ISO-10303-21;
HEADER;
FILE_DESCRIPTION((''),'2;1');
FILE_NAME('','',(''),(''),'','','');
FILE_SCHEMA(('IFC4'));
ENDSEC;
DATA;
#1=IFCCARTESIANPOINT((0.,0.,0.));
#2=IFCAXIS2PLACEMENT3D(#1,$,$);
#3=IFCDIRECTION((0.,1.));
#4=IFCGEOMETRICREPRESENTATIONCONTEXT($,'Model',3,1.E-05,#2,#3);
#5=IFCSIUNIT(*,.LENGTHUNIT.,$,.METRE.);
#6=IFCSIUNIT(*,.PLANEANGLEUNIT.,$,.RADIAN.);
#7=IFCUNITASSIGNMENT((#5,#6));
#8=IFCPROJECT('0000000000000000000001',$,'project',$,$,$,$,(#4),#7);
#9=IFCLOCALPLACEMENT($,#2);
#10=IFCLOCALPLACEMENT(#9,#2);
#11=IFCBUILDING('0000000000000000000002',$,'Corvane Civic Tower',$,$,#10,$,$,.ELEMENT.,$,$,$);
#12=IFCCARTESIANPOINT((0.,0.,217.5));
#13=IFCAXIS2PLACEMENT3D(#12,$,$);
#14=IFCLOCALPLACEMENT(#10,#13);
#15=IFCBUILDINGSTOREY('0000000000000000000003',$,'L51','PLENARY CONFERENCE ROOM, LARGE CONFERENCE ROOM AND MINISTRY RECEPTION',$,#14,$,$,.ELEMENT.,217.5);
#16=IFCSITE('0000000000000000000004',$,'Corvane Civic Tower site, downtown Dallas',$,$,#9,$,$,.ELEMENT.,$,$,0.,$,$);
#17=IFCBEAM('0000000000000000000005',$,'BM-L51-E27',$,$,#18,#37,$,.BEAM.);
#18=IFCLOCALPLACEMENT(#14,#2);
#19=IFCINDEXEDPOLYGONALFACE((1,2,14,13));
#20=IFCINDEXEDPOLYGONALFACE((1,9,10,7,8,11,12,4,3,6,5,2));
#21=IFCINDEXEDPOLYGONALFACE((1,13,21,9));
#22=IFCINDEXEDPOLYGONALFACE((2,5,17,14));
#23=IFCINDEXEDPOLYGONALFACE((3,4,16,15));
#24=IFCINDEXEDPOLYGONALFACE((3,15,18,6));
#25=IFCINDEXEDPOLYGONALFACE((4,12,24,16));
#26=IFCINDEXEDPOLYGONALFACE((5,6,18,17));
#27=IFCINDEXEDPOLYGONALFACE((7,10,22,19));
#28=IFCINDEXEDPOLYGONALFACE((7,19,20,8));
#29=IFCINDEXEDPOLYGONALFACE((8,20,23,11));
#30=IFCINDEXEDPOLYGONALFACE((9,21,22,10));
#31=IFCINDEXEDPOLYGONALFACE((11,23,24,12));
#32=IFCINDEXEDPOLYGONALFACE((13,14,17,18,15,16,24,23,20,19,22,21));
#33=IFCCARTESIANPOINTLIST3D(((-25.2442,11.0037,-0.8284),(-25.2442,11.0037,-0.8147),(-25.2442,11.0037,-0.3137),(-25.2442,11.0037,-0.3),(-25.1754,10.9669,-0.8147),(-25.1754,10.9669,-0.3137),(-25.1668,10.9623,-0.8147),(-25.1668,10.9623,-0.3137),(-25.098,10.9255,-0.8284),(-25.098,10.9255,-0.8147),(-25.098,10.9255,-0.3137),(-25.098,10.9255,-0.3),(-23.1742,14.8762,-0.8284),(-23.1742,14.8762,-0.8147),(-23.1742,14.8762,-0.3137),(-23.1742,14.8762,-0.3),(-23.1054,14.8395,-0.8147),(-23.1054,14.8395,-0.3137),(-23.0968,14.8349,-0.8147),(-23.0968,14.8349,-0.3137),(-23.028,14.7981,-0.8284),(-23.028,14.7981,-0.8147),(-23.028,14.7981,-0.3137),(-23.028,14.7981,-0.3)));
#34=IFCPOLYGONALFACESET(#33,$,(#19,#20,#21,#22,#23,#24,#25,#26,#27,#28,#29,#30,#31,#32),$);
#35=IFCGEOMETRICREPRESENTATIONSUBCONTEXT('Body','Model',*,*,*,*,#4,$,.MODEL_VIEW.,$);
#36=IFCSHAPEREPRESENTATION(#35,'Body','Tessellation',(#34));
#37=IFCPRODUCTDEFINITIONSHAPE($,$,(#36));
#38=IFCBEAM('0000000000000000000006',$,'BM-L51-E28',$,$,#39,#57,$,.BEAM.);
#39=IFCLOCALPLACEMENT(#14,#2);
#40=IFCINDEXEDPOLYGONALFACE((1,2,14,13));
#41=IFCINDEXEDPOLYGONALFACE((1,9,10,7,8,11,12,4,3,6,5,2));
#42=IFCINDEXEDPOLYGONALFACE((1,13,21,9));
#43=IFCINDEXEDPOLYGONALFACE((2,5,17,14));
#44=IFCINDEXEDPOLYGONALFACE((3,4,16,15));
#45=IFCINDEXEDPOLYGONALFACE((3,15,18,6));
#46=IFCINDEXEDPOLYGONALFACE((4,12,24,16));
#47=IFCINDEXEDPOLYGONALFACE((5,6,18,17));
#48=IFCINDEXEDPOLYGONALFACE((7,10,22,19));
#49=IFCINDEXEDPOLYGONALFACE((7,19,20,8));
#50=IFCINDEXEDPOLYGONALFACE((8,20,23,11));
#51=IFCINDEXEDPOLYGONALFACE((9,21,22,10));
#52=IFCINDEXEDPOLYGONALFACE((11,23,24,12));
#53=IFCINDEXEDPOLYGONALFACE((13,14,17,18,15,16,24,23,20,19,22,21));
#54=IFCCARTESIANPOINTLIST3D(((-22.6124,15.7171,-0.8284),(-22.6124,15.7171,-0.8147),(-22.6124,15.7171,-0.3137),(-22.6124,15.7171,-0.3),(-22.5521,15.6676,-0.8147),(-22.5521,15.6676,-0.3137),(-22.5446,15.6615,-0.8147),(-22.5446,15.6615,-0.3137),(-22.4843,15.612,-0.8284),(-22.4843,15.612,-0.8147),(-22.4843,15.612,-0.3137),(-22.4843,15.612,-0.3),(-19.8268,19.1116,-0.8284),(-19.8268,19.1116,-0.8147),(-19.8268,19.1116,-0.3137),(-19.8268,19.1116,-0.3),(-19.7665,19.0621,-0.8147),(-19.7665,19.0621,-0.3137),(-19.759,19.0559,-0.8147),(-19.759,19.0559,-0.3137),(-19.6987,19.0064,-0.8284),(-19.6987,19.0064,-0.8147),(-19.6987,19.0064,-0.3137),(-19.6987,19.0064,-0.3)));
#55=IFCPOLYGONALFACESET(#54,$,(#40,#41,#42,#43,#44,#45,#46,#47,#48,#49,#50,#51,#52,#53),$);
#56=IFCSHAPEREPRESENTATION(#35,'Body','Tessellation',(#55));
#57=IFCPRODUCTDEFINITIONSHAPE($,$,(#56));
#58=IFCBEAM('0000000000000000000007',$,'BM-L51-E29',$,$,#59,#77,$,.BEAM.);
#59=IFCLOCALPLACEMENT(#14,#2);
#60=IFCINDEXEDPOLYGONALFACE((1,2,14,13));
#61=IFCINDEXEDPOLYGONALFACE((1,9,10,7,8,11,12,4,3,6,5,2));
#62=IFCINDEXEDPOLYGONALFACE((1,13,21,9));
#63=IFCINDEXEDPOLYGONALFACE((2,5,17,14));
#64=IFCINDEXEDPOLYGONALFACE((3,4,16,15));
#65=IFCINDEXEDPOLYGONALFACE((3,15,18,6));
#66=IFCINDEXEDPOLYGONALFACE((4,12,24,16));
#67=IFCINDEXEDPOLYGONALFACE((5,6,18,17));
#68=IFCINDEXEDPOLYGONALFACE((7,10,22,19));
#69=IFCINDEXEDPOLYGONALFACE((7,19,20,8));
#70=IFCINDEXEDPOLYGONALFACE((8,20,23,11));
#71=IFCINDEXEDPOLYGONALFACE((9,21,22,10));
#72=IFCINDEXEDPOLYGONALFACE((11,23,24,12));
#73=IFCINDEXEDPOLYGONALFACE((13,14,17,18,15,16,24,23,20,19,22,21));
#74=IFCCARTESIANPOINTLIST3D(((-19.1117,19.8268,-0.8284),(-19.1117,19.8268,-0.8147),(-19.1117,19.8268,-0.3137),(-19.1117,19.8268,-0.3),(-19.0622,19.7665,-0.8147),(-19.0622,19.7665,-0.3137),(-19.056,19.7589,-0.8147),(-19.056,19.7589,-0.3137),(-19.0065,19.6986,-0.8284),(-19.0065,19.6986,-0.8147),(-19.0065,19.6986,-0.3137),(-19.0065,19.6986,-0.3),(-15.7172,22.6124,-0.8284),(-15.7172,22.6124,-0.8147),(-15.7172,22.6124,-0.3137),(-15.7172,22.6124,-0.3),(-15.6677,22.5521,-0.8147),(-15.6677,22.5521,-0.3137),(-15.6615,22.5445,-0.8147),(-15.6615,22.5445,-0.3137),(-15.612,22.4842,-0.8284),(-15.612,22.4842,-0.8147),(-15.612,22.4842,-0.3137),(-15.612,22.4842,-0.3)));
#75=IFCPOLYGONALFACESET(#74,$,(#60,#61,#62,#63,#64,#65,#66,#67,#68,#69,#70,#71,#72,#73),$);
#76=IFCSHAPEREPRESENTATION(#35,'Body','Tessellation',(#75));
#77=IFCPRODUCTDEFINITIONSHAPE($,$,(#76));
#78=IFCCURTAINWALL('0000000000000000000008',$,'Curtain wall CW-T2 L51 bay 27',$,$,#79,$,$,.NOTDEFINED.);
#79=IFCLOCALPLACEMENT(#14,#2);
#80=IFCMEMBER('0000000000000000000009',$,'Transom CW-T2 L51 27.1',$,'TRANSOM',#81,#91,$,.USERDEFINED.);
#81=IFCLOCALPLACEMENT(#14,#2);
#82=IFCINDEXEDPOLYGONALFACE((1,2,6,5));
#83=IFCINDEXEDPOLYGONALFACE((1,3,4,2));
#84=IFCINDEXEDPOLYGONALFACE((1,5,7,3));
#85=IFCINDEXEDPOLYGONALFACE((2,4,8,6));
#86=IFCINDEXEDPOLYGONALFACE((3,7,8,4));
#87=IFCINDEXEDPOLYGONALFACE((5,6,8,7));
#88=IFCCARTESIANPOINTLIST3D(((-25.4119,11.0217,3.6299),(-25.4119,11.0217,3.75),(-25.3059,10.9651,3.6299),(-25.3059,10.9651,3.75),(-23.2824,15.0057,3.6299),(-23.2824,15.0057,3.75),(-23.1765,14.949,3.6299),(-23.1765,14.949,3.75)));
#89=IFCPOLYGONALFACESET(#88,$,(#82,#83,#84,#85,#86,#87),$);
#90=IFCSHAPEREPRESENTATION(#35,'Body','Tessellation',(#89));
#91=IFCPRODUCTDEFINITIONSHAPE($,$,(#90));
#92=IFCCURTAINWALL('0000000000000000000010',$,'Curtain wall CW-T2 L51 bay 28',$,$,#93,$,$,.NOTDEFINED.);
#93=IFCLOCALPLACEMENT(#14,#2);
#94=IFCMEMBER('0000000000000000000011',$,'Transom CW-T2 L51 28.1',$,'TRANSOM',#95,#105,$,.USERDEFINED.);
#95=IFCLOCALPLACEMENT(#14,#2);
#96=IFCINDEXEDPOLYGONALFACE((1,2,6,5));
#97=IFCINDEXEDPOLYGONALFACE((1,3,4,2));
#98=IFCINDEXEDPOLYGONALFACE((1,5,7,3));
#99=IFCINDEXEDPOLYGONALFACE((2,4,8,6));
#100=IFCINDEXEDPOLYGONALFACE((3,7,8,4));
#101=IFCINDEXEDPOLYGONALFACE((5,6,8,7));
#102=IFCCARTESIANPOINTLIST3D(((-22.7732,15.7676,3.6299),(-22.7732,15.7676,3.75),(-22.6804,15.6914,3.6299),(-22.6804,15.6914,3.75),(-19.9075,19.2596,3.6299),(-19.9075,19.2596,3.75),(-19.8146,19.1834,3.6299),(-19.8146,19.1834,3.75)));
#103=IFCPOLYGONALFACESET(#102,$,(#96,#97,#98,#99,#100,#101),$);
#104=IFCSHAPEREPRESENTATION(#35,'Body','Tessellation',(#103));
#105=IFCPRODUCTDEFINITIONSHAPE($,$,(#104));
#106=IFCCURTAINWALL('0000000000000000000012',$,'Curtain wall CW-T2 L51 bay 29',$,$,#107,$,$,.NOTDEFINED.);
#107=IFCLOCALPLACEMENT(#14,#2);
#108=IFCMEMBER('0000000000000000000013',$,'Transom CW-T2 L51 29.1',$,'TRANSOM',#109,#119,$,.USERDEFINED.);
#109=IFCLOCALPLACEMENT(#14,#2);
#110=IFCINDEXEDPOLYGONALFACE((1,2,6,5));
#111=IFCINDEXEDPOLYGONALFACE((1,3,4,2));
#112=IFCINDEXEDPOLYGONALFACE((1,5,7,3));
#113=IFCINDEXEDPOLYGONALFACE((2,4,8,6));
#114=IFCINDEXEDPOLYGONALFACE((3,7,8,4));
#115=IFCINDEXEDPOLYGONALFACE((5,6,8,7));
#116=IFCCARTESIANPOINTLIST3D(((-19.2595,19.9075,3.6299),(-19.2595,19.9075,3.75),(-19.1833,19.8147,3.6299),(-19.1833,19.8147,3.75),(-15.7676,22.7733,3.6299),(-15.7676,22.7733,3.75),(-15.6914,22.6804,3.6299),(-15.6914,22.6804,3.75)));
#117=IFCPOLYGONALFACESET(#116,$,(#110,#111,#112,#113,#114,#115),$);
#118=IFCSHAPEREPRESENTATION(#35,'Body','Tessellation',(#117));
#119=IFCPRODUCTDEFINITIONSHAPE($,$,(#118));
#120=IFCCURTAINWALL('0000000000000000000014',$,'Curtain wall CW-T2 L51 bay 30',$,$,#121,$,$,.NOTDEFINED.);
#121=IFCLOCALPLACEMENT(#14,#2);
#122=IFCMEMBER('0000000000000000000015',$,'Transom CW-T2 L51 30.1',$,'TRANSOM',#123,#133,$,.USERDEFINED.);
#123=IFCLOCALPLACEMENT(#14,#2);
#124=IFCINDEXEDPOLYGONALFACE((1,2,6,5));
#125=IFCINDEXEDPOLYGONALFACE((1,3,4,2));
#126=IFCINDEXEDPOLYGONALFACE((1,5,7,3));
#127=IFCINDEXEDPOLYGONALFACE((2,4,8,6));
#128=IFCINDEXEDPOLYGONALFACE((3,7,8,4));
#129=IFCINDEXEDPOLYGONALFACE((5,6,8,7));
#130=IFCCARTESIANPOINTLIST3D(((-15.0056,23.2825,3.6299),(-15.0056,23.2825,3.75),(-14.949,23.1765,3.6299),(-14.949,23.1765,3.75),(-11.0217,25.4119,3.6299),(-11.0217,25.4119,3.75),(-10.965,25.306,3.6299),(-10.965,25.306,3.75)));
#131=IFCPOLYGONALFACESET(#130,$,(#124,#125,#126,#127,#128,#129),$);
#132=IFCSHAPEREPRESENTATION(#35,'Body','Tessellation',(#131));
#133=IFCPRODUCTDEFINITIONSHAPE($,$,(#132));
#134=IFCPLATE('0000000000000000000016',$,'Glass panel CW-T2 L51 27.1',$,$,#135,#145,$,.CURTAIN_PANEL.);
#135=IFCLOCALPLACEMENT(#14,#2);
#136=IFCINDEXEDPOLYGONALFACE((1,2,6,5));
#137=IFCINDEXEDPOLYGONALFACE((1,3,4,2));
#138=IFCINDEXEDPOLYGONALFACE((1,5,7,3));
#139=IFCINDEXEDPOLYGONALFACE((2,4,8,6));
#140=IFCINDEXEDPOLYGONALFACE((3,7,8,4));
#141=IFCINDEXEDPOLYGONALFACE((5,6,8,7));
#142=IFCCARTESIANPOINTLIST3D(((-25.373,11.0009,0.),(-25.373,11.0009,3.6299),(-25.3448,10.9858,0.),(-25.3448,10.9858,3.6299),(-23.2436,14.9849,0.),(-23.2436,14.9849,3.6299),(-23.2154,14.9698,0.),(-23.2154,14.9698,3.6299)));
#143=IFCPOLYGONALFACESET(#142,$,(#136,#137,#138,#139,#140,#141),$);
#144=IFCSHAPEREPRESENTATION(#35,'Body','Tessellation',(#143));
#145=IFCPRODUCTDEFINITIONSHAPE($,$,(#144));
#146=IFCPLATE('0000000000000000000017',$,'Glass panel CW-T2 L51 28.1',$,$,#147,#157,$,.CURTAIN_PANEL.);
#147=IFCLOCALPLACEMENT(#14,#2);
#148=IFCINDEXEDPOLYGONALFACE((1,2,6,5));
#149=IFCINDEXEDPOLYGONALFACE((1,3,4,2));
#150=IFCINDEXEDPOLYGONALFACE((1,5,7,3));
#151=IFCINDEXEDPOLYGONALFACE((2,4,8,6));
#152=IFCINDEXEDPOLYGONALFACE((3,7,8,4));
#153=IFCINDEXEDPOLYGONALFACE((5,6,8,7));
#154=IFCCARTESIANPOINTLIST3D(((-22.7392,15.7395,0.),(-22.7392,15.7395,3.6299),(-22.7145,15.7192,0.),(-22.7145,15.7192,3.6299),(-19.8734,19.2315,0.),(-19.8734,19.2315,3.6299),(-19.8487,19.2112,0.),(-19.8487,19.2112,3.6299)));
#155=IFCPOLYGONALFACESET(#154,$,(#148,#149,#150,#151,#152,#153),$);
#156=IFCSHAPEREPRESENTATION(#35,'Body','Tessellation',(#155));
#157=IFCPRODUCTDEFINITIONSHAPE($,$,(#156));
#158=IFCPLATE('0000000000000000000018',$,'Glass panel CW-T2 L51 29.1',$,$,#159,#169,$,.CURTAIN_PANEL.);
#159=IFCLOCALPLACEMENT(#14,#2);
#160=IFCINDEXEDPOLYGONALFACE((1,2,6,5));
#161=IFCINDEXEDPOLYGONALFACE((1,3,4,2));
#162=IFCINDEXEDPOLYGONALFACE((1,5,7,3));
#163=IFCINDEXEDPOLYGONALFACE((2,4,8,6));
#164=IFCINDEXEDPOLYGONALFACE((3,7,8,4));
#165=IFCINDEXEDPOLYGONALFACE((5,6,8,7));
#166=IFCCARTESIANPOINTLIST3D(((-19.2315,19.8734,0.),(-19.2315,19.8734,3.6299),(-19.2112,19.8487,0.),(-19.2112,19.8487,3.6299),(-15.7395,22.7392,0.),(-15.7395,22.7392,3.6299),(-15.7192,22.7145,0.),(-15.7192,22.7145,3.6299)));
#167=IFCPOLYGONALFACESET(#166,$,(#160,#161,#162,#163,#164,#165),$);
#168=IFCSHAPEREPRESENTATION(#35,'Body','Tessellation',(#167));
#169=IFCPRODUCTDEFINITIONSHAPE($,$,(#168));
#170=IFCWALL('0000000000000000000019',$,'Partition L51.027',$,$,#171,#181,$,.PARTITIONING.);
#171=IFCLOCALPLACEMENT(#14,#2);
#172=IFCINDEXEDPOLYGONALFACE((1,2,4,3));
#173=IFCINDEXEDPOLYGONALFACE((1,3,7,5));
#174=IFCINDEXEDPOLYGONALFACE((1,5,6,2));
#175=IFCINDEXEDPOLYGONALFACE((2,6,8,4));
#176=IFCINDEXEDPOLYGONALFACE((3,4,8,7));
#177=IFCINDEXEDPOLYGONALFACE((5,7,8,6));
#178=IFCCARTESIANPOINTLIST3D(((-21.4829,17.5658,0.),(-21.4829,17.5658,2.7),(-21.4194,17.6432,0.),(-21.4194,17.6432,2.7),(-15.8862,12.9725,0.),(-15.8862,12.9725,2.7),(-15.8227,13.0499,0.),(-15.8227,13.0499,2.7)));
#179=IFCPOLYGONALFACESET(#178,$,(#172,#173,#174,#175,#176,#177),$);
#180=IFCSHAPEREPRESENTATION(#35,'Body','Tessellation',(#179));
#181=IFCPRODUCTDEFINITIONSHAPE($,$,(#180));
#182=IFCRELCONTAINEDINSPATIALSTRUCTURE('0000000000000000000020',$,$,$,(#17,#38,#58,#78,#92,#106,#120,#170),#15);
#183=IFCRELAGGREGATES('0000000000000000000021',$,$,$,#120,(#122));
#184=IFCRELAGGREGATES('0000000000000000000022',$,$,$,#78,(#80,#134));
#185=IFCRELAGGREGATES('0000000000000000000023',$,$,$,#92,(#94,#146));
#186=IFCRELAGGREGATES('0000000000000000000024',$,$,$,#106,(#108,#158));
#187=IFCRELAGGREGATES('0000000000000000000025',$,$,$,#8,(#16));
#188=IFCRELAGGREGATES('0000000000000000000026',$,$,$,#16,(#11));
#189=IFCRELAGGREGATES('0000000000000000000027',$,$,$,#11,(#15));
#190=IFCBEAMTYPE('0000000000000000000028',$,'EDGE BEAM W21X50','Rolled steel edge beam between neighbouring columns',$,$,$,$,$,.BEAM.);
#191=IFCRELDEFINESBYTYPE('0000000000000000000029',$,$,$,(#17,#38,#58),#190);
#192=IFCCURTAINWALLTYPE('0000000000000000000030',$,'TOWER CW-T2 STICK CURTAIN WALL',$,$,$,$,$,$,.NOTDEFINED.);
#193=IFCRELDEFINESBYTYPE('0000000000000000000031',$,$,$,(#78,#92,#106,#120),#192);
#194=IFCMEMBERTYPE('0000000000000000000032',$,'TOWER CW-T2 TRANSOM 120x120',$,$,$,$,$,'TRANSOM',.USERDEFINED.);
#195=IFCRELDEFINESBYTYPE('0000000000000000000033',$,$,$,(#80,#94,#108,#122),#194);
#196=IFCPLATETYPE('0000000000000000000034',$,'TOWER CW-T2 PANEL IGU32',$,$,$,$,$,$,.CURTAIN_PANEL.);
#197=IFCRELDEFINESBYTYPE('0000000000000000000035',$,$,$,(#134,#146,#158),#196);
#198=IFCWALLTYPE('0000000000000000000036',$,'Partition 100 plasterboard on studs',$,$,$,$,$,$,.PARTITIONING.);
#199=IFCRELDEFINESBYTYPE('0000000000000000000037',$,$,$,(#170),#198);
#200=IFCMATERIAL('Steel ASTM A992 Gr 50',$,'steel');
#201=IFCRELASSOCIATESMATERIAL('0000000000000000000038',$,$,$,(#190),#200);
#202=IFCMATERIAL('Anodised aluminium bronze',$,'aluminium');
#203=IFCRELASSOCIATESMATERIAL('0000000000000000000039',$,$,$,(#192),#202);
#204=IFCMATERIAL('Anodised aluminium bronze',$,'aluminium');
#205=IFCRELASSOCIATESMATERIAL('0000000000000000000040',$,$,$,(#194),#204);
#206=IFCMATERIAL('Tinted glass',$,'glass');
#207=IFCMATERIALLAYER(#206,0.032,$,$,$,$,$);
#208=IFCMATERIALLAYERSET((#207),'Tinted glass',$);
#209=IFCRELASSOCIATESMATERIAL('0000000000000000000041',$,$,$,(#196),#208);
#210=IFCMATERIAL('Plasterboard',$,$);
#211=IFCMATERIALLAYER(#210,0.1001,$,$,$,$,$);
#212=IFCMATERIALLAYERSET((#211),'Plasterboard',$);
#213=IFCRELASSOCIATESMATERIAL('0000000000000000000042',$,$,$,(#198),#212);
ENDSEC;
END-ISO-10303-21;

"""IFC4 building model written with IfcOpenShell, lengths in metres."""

from ifc_helpers import new_model, si_unit, direction, frame, frame_2d, origin, origin_2d, place, context, subcontext, project, spatial, rectangle, i_section, extrude, material, layer, layer_set, material_profile, profile_set, type_object, element, aggregate, save


model = new_model("IFC4")

# Units and contexts
model_context = context("Model", 3, precision=1e-05, world=origin(), true_north=direction((0.0, 1.0)))
body_context = subcontext(model_context, "Body", "Model", "MODEL_VIEW")
ifc_project = project(units=[si_unit("LENGTHUNIT", "METRE"), si_unit("PLANEANGLEUNIT", "RADIAN")], contexts=[model_context])

# Site, building, storey
site_placement = place(None, origin())
site = spatial("IfcSite", under=ifc_project, at=site_placement, Name="Corvane Civic Tower site, downtown Dallas", CompositionType="ELEMENT", RefElevation=0.0)
building_placement = place(site_placement, origin())
building = spatial("IfcBuilding", under=site, at=building_placement, Name="Corvane Civic Tower", CompositionType="ELEMENT")
storey_placement = place(building_placement, frame((0.0, 0.0, 217.5)))
storey = spatial("IfcBuildingStorey", under=building, at=storey_placement, Name="L51", Description="PLENARY CONFERENCE ROOM, LARGE CONFERENCE ROOM AND MINISTRY RECEPTION", CompositionType="ELEMENT", Elevation=217.5)

# Beams
ifc_material_1 = material(Name="Steel ASTM A992 Gr 50", Category="steel")
ifc_material_profile_1 = material_profile(ifc_material_1, i_section(OverallWidth=0.1658, OverallDepth=0.5283, WebThickness=0.0098, FlangeThickness=0.0137, at=origin_2d()), Name="W21X50")
ifc_profile_set_1 = profile_set([ifc_material_profile_1], Name="Steel ASTM A992 Gr 50")
beam_type = type_object("IfcBeamType", Name="EDGE BEAM W21X50", Description="Rolled steel edge beam between neighbouring columns", PredefinedType="BEAM", material=ifc_profile_set_1)
for number, where, z_axis, x_axis, name in (
    (1, (-25.1711, 10.9646, -0.5642), (0.471422, 0.881908, 0.0), (-0.881908, 0.471422, 0.0), "BM-L51-E27"),
    (2, (-22.5483, 15.6646, -0.5642), (0.634369, 0.77303, 0.0), (-0.77303, 0.634369, 0.0), "BM-L51-E28"),
    (3, (-19.0591, 19.7627, -0.5642), (0.77303, 0.634369, 0.0), (-0.634369, 0.77303, 0.0), "BM-L51-E29"),
):
    element("IfcBeam", number, at=place(storey_placement, frame(where, z_axis=z_axis, x_axis=x_axis)), inside=storey, type_object=beam_type, Name=name, PredefinedType="BEAM", context=body_context, shape_type="SweptSolid", body=[
        extrude(i_section(OverallWidth=0.1658, OverallDepth=0.5283, WebThickness=0.0098, FlangeThickness=0.0137, at=origin_2d()), origin(), (0.0, 0.0, 1.0), 4.3911),
    ])

# Curtain walls, members
ifc_material_2 = material(Name="Anodised aluminium bronze", Category="aluminium")
curtain_wall_type = type_object("IfcCurtainWallType", Name="TOWER CW-T2 STICK CURTAIN WALL", PredefinedType="NOTDEFINED", material=ifc_material_2)
curtain_wall_1_placement = place(storey_placement, origin())
curtain_wall_1 = element("IfcCurtainWall", 4, at=curtain_wall_1_placement, inside=storey, type_object=curtain_wall_type, Name="Curtain wall CW-T2 L51 bay 27", PredefinedType="NOTDEFINED")
ifc_material_3 = material(Name="Anodised aluminium bronze", Category="aluminium")
ifc_material_profile_2 = material_profile(ifc_material_3, rectangle(XDim=0.1201, YDim=0.1201, at=origin_2d()), Name="TOWER CW-T2 TRANSOM 120x120")
ifc_profile_set_2 = profile_set([ifc_material_profile_2], Name="Anodised aluminium bronze")
member_type = type_object("IfcMemberType", Name="TOWER CW-T2 TRANSOM 120x120", ElementType="TRANSOM", PredefinedType="USERDEFINED", material=ifc_profile_set_2)
member_1_placement = place(storey_placement, frame((-25.3589, 10.9934, 3.6899), z_axis=(0.47139, 0.881925, 0.0), x_axis=(-0.881925, 0.47139, 0.0)))
member_1 = element("IfcMember", 5, at=member_1_placement, type_object=member_type, Name="Transom CW-T2 L51 27.1", ObjectType="TRANSOM", PredefinedType="USERDEFINED", context=body_context, shape_type="SweptSolid", body=[
    extrude(rectangle(XDim=0.1201, YDim=0.1201, at=origin_2d()), origin(), (0.0, 0.0, 1.0), 4.5173),
])
curtain_wall_2_placement = place(storey_placement, origin())
curtain_wall_2 = element("IfcCurtainWall", 6, at=curtain_wall_2_placement, inside=storey, type_object=curtain_wall_type, Name="Curtain wall CW-T2 L51 bay 28", PredefinedType="NOTDEFINED")
member_2_placement = place(storey_placement, frame((-22.7268, 15.7295, 3.6899), z_axis=(0.634388, 0.773015, 0.0), x_axis=(-0.773015, 0.634388, 0.0)))
member_2 = element("IfcMember", 7, at=member_2_placement, type_object=member_type, Name="Transom CW-T2 L51 28.1", ObjectType="TRANSOM", PredefinedType="USERDEFINED", context=body_context, shape_type="SweptSolid", body=[
    extrude(rectangle(XDim=0.1201, YDim=0.1201, at=origin_2d()), origin(), (0.0, 0.0, 1.0), 4.5173),
])
curtain_wall_3_placement = place(storey_placement, origin())
curtain_wall_3 = element("IfcCurtainWall", 8, at=curtain_wall_3_placement, inside=storey, type_object=curtain_wall_type, Name="Curtain wall CW-T2 L51 bay 29", PredefinedType="NOTDEFINED")
member_3_placement = place(storey_placement, frame((-19.2214, 19.8611, 3.6899), z_axis=(0.773015, 0.634388, 0.0), x_axis=(-0.634388, 0.773015, 0.0)))
member_3 = element("IfcMember", 9, at=member_3_placement, type_object=member_type, Name="Transom CW-T2 L51 29.1", ObjectType="TRANSOM", PredefinedType="USERDEFINED", context=body_context, shape_type="SweptSolid", body=[
    extrude(rectangle(XDim=0.1201, YDim=0.1201, at=origin_2d()), origin(), (0.0, 0.0, 1.0), 4.5173),
])
curtain_wall_4_placement = place(storey_placement, origin())
curtain_wall_4 = element("IfcCurtainWall", 10, at=curtain_wall_4_placement, inside=storey, type_object=curtain_wall_type, Name="Curtain wall CW-T2 L51 bay 30", PredefinedType="NOTDEFINED")
member_4_placement = place(storey_placement, frame((-14.9773, 23.2295, 3.6899), z_axis=(0.881925, 0.47139, 0.0), x_axis=(-0.47139, 0.881925, 0.0)))
member_4 = element("IfcMember", 11, at=member_4_placement, type_object=member_type, Name="Transom CW-T2 L51 30.1", ObjectType="TRANSOM", PredefinedType="USERDEFINED", context=body_context, shape_type="SweptSolid", body=[
    extrude(rectangle(XDim=0.1201, YDim=0.1201, at=origin_2d()), origin(), (0.0, 0.0, 1.0), 4.5173),
])
aggregate(curtain_wall_4, [member_4])

# Plates
ifc_material_4 = material(Name="Tinted glass", Category="glass")
ifc_layer_1 = layer(ifc_material_4, 0.032)
ifc_layer_set_1 = layer_set([ifc_layer_1], Name="Tinted glass")
plate_type = type_object("IfcPlateType", Name="TOWER CW-T2 PANEL IGU32", PredefinedType="CURTAIN_PANEL", material=ifc_layer_set_1)
plate_1_placement = place(storey_placement, frame((-24.2942, 12.9854, 0.0), z_axis=(0.0, 0.0, 1.0), x_axis=(0.471398, 0.88192, 0.0)))
plate_1 = element("IfcPlate", 12, at=plate_1_placement, type_object=plate_type, Name="Glass panel CW-T2 L51 27.1", PredefinedType="CURTAIN_PANEL", context=body_context, shape_type="SweptSolid", body=[
    extrude(rectangle(XDim=4.5173, YDim=0.032, at=origin_2d()), origin(), (0.0, 0.0, 1.0), 3.6299),
])
aggregate(curtain_wall_1, [member_1, plate_1])
plate_2_placement = place(storey_placement, frame((-21.2939, 17.4753, 0.0), z_axis=(0.0, 0.0, 1.0), x_axis=(0.634391, 0.773012, 0.0)))
plate_2 = element("IfcPlate", 13, at=plate_2_placement, type_object=plate_type, Name="Glass panel CW-T2 L51 28.1", PredefinedType="CURTAIN_PANEL", context=body_context, shape_type="SweptSolid", body=[
    extrude(rectangle(XDim=4.5173, YDim=0.032, at=origin_2d()), origin(), (0.0, 0.0, 1.0), 3.6299),
])
aggregate(curtain_wall_2, [member_2, plate_2])
plate_3_placement = place(storey_placement, frame((-17.4753, 21.2939, 0.0), z_axis=(0.0, 0.0, 1.0), x_axis=(0.773012, 0.634391, 0.0)))
plate_3 = element("IfcPlate", 14, at=plate_3_placement, type_object=plate_type, Name="Glass panel CW-T2 L51 29.1", PredefinedType="CURTAIN_PANEL", context=body_context, shape_type="SweptSolid", body=[
    extrude(rectangle(XDim=4.5173, YDim=0.032, at=origin_2d()), origin(), (0.0, 0.0, 1.0), 3.6299),
])
aggregate(curtain_wall_3, [member_3, plate_3])

# Wall
ifc_material_5 = material(Name="Plasterboard")
ifc_layer_2 = layer(ifc_material_5, 0.1001)
ifc_layer_set_2 = layer_set([ifc_layer_2], Name="Plasterboard")
wall_type_1 = type_object("IfcWallType", Name="Partition 100 plasterboard on studs", PredefinedType="PARTITIONING", material=ifc_layer_set_2)
wall_1_placement = place(storey_placement, frame((-21.4512, 17.6045, 0.0), z_axis=(0.0, 0.0, 1.0), x_axis=(0.772998, -0.634409, 0.0)))
element("IfcWall", 15, at=wall_1_placement, inside=storey, type_object=wall_type_1, Name="Partition L51.027", PredefinedType="PARTITIONING", context=body_context, shape_type="SweptSolid", body=[
    extrude(rectangle(XDim=7.2402, YDim=0.1001, at=frame_2d((3.6201, 0.0))), origin(), (0.0, 0.0, 1.0), 2.7),
])

save(model, "model.ifc")
